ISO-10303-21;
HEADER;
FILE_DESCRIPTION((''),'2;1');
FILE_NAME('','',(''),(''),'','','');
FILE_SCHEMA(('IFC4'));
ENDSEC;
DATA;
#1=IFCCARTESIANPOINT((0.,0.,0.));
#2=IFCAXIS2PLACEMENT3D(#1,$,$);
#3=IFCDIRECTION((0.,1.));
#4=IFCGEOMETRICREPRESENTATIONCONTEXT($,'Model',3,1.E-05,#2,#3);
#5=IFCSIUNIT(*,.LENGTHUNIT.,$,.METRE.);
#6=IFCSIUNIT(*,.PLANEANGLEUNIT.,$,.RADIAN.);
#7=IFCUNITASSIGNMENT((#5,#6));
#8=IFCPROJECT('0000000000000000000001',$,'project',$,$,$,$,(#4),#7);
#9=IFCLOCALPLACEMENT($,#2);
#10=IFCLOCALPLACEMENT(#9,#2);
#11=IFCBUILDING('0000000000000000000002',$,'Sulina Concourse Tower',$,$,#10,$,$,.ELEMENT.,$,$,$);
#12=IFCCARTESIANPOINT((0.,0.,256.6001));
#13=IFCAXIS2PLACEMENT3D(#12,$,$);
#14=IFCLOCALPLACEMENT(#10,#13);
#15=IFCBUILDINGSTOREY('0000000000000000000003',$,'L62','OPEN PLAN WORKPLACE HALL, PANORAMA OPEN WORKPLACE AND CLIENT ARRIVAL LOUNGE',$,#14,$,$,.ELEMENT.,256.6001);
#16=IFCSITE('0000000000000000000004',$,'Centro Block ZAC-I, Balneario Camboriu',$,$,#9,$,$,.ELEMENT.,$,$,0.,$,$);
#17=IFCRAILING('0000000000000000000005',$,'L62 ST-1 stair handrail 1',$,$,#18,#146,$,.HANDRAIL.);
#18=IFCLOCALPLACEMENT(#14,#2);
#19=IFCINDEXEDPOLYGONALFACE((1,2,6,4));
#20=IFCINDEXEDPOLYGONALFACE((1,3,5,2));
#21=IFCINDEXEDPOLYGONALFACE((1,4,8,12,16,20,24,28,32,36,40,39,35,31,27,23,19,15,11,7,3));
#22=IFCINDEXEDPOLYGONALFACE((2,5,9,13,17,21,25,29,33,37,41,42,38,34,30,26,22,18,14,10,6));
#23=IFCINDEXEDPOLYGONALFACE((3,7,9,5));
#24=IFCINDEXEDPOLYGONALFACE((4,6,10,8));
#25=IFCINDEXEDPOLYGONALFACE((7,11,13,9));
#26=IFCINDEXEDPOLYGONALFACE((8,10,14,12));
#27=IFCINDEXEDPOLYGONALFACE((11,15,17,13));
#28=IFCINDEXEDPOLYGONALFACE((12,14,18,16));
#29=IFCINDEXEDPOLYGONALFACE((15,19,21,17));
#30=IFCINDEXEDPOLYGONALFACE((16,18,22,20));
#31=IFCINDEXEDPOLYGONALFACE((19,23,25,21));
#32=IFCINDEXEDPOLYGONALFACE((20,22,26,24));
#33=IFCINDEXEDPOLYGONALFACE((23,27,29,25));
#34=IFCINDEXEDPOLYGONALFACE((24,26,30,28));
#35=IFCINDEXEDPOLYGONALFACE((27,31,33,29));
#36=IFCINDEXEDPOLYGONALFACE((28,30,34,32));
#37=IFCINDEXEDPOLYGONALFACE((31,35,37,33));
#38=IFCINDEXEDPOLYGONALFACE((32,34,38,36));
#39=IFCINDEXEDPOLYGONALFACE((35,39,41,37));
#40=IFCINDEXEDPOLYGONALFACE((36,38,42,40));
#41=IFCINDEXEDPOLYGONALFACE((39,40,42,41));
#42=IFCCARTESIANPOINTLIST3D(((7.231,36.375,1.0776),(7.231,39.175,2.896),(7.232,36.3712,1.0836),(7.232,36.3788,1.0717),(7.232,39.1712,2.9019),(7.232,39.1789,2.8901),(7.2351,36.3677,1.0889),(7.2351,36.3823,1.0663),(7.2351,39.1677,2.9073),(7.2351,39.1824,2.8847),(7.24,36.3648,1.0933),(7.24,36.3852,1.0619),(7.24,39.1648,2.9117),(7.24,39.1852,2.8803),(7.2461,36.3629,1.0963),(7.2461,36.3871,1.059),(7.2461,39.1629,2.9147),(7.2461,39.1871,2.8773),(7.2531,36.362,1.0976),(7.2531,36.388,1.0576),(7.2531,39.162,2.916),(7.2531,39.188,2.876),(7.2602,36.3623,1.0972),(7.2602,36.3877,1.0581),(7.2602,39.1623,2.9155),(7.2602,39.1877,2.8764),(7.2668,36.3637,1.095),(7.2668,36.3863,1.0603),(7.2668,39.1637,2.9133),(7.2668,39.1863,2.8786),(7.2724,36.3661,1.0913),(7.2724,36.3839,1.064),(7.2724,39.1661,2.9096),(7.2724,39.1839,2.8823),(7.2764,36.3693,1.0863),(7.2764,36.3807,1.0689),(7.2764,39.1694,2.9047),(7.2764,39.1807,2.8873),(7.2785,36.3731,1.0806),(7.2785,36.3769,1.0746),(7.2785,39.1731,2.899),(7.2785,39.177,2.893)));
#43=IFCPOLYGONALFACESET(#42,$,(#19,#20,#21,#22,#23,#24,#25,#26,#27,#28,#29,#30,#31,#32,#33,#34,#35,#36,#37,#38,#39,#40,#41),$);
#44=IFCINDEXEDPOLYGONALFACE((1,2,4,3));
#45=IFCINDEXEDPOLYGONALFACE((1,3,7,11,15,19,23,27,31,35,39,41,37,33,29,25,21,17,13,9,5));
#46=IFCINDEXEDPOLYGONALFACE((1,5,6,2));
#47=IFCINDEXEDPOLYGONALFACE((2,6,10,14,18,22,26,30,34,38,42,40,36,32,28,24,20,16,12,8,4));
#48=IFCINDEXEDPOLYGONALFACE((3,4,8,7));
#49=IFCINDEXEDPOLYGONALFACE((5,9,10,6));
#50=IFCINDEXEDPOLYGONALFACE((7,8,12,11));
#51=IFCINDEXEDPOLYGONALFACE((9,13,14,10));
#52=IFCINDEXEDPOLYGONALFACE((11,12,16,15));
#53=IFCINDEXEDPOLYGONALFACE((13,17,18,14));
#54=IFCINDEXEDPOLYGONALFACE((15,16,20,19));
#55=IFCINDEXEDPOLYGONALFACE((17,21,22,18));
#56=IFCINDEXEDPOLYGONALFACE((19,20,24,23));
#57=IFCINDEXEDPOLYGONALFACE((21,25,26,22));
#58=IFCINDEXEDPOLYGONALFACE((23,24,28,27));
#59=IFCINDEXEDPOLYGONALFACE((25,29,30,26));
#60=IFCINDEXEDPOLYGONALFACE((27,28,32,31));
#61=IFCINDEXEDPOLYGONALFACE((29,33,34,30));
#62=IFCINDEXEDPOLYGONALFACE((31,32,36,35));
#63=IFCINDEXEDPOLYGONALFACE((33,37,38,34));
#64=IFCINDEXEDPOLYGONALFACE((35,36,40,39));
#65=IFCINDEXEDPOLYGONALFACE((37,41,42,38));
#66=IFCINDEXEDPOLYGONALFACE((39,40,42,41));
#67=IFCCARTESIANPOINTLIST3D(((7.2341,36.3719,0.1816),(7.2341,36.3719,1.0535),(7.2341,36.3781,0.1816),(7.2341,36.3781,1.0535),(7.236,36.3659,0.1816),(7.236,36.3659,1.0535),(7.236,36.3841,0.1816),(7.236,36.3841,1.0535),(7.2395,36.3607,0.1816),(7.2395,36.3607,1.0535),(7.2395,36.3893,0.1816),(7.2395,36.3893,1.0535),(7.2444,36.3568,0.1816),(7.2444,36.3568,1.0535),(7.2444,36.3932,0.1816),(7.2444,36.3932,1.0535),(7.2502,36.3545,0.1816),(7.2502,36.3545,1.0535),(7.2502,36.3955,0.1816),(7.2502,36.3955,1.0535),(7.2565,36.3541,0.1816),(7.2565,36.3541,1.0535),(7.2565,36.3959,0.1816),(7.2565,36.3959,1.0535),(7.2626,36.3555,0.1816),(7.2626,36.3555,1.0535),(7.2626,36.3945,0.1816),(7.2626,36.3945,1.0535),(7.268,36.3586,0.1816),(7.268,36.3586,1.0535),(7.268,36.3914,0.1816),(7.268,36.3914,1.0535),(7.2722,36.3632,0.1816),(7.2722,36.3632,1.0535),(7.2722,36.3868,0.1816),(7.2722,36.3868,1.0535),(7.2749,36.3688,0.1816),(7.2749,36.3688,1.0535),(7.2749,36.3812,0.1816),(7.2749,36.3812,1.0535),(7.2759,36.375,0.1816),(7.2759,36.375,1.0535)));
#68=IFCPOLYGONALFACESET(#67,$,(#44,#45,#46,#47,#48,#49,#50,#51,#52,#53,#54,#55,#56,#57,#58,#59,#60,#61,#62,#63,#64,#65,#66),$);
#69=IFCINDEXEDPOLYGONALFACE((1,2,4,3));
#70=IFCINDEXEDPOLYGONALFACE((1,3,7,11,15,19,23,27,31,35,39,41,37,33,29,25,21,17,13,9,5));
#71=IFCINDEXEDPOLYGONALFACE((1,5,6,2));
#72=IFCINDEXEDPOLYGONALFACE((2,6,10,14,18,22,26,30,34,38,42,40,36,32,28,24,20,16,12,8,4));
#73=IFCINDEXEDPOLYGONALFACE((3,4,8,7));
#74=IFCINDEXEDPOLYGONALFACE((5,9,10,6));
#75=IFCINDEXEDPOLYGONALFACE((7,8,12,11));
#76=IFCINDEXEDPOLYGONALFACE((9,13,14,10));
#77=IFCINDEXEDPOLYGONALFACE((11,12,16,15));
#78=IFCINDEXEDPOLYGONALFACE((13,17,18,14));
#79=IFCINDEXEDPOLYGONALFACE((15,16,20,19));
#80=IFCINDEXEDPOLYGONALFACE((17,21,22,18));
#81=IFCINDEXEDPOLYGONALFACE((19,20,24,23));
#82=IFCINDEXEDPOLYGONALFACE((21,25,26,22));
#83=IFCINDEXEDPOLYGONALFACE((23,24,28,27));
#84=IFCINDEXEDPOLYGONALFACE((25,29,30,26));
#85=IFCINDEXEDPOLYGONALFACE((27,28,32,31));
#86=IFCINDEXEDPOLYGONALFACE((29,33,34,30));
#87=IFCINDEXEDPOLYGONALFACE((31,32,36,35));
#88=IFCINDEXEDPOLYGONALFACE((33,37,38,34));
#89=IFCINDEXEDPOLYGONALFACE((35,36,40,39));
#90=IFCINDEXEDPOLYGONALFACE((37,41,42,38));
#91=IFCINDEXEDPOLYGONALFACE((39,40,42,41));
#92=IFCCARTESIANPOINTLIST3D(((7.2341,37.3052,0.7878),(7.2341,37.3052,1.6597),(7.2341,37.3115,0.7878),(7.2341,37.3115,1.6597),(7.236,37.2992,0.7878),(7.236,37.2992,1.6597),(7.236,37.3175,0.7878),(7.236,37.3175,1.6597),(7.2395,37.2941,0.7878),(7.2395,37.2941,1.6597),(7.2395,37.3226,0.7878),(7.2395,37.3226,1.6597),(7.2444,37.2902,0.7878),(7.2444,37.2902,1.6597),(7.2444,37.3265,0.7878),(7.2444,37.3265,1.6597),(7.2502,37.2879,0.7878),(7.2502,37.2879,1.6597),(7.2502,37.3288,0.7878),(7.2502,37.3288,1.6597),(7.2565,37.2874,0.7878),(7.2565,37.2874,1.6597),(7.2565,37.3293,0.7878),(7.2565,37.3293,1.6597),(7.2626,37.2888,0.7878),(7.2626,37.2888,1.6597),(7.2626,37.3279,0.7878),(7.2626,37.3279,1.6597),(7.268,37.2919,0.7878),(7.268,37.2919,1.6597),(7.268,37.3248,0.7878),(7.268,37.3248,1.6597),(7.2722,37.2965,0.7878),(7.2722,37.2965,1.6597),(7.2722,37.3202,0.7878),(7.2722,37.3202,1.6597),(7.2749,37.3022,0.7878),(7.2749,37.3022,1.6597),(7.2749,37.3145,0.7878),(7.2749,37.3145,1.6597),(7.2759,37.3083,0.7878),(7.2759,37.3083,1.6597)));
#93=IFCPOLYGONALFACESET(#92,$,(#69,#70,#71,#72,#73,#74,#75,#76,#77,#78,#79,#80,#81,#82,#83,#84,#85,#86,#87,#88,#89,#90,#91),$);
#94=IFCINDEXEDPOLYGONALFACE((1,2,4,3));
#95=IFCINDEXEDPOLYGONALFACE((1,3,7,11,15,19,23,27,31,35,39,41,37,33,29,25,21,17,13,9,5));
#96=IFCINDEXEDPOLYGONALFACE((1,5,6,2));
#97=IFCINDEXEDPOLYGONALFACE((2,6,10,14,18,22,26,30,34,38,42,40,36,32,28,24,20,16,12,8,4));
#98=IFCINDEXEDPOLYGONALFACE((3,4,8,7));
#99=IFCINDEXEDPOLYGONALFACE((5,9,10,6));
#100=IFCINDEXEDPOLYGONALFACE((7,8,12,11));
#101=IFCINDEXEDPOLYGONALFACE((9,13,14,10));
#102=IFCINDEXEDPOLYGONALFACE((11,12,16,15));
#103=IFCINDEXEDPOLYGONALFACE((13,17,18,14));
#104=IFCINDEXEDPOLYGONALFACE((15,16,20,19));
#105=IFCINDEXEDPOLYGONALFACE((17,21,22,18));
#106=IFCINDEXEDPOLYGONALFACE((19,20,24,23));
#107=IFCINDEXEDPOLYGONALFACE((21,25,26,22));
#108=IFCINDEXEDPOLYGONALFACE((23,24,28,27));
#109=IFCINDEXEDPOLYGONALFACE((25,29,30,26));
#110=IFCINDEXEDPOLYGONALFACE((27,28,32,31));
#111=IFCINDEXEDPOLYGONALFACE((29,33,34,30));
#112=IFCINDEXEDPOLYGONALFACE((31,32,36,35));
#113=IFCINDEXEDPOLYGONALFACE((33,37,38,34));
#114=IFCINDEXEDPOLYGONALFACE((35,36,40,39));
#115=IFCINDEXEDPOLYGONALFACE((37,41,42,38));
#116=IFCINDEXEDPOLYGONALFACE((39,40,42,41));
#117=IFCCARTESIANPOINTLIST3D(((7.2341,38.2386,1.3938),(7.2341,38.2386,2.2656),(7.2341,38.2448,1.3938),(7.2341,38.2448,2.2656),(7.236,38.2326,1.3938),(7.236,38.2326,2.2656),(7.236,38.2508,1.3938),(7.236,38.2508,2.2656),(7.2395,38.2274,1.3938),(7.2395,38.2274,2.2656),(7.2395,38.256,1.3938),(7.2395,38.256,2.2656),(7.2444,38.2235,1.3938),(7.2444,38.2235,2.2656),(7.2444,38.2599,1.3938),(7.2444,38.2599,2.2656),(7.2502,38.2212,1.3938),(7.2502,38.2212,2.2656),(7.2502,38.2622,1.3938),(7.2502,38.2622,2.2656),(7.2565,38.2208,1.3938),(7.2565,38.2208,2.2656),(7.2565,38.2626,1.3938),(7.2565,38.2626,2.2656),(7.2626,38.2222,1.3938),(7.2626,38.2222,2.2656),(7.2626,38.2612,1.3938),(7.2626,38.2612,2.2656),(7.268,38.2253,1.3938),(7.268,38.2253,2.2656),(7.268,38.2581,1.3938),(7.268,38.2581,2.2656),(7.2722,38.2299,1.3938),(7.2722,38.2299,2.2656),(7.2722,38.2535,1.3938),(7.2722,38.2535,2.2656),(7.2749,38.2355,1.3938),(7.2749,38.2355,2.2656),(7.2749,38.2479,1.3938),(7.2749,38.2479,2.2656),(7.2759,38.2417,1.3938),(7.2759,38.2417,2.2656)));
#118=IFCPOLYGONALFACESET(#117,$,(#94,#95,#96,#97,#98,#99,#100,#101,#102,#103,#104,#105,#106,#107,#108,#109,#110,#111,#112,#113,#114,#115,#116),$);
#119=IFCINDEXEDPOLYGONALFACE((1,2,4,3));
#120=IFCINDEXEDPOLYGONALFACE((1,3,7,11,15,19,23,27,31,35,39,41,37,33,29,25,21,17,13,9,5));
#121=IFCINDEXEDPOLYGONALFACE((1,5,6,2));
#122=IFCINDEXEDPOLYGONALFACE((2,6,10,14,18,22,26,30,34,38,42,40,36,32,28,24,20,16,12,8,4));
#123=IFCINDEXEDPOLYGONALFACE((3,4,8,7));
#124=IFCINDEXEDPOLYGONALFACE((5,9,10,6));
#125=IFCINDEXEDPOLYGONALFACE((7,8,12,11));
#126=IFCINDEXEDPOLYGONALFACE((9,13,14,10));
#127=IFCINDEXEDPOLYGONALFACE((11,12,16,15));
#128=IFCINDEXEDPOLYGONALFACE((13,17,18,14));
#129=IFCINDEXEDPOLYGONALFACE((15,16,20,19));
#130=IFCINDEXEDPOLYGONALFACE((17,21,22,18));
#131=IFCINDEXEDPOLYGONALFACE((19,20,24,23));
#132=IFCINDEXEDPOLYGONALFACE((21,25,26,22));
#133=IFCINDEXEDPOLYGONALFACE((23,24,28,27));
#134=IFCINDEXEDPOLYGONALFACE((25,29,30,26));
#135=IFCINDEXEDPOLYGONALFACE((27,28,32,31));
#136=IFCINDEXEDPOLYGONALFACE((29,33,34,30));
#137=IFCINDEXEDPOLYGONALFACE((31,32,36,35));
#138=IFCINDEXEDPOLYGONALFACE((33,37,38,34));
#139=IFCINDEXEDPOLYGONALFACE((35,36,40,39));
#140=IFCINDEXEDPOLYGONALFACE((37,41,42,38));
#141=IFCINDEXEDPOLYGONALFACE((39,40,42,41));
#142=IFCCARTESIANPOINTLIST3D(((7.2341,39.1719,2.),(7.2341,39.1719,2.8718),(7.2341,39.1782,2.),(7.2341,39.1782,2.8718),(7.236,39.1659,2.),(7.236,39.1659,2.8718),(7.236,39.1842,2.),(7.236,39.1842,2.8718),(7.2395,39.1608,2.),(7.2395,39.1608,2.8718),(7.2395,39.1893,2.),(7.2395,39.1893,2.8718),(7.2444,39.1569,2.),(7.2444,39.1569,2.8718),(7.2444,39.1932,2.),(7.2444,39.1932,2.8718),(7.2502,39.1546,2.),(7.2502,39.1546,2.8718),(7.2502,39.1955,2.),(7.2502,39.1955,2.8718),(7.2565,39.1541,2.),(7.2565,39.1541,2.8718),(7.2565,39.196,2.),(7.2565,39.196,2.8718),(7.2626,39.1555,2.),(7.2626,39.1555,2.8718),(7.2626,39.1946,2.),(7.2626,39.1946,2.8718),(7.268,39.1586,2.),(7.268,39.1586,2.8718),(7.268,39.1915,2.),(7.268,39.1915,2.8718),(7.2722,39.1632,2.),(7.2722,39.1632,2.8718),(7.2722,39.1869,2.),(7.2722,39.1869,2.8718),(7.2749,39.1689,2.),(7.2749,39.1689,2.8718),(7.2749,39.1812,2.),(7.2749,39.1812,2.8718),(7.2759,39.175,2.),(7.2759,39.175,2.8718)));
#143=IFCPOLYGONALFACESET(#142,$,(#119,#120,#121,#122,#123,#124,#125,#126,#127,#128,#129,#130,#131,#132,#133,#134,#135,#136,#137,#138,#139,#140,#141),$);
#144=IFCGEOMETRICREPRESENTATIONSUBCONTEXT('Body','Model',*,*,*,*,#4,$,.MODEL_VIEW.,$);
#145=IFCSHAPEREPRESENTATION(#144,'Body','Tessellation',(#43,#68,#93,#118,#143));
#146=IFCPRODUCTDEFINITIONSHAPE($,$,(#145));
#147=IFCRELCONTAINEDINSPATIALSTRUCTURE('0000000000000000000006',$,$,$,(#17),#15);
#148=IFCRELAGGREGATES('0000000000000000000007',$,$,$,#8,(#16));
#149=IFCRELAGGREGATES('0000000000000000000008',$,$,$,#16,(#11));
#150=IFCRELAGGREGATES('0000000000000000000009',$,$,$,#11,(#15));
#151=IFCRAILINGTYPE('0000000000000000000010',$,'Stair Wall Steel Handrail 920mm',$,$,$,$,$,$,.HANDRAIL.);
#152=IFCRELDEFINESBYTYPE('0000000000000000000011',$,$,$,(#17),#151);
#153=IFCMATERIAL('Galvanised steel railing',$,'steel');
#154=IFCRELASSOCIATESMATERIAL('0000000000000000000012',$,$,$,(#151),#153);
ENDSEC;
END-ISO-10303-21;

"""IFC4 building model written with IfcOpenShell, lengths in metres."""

from ifc_helpers import new_model, si_unit, direction, frame, origin, origin_2d, place, context, subcontext, project, spatial, circle, extrude, material, type_object, element, save


model = new_model("IFC4")

# Units and contexts
model_context = context("Model", 3, precision=1e-05, world=origin(), true_north=direction((0.0, 1.0)))
body_context = subcontext(model_context, "Body", "Model", "MODEL_VIEW")
ifc_project = project(units=[si_unit("LENGTHUNIT", "METRE"), si_unit("PLANEANGLEUNIT", "RADIAN")], contexts=[model_context])

# Site, building, storey
site_placement = place(None, origin())
site = spatial("IfcSite", under=ifc_project, at=site_placement, Name="Centro Block ZAC-I, Balneario Camboriu", CompositionType="ELEMENT", RefElevation=0.0)
building_placement = place(site_placement, origin())
building = spatial("IfcBuilding", under=site, at=building_placement, Name="Sulina Concourse Tower", CompositionType="ELEMENT")
storey_placement = place(building_placement, frame((0.0, 0.0, 256.6001)))
storey = spatial("IfcBuildingStorey", under=building, at=storey_placement, Name="L62", Description="OPEN PLAN WORKPLACE HALL, PANORAMA OPEN WORKPLACE AND CLIENT ARRIVAL LOUNGE", CompositionType="ELEMENT", Elevation=256.6001)

# Railing
ifc_material_1 = material(Name="Galvanised steel railing", Category="steel")
railing_type_1 = type_object("IfcRailingType", Name="Stair Wall Steel Handrail 920mm", PredefinedType="HANDRAIL", material=ifc_material_1)
railing_1_placement = place(storey_placement, frame((7.2549, 36.375, 0.1816)))
element("IfcRailing", 1, at=railing_1_placement, inside=storey, type_object=railing_type_1, Name="L62 ST-1 stair handrail 1", PredefinedType="HANDRAIL", context=body_context, shape_type="SweptSolid", body=[
    extrude(circle(Radius=0.0239, at=origin_2d()), frame((0.0, 0.0, 0.896), z_axis=(0.0, 0.838672, 0.544636), x_axis=(-1.0, 0.0, 0.0)), (0.0, 0.0, 1.0), 3.3386),
    extrude(circle(Radius=0.021, at=origin_2d()), origin(), (0.0, 0.0, 1.0), 0.8718),
    extrude(circle(Radius=0.021, at=origin_2d()), frame((0.0, 0.9333, 0.6062)), (0.0, 0.0, 1.0), 0.8718),
    extrude(circle(Radius=0.021, at=origin_2d()), frame((0.0, 1.8667, 1.2122)), (0.0, 0.0, 1.0), 0.8718),
    extrude(circle(Radius=0.021, at=origin_2d()), frame((0.0, 2.8, 1.8184)), (0.0, 0.0, 1.0), 0.8718),
])

save(model, "model.ifc")
